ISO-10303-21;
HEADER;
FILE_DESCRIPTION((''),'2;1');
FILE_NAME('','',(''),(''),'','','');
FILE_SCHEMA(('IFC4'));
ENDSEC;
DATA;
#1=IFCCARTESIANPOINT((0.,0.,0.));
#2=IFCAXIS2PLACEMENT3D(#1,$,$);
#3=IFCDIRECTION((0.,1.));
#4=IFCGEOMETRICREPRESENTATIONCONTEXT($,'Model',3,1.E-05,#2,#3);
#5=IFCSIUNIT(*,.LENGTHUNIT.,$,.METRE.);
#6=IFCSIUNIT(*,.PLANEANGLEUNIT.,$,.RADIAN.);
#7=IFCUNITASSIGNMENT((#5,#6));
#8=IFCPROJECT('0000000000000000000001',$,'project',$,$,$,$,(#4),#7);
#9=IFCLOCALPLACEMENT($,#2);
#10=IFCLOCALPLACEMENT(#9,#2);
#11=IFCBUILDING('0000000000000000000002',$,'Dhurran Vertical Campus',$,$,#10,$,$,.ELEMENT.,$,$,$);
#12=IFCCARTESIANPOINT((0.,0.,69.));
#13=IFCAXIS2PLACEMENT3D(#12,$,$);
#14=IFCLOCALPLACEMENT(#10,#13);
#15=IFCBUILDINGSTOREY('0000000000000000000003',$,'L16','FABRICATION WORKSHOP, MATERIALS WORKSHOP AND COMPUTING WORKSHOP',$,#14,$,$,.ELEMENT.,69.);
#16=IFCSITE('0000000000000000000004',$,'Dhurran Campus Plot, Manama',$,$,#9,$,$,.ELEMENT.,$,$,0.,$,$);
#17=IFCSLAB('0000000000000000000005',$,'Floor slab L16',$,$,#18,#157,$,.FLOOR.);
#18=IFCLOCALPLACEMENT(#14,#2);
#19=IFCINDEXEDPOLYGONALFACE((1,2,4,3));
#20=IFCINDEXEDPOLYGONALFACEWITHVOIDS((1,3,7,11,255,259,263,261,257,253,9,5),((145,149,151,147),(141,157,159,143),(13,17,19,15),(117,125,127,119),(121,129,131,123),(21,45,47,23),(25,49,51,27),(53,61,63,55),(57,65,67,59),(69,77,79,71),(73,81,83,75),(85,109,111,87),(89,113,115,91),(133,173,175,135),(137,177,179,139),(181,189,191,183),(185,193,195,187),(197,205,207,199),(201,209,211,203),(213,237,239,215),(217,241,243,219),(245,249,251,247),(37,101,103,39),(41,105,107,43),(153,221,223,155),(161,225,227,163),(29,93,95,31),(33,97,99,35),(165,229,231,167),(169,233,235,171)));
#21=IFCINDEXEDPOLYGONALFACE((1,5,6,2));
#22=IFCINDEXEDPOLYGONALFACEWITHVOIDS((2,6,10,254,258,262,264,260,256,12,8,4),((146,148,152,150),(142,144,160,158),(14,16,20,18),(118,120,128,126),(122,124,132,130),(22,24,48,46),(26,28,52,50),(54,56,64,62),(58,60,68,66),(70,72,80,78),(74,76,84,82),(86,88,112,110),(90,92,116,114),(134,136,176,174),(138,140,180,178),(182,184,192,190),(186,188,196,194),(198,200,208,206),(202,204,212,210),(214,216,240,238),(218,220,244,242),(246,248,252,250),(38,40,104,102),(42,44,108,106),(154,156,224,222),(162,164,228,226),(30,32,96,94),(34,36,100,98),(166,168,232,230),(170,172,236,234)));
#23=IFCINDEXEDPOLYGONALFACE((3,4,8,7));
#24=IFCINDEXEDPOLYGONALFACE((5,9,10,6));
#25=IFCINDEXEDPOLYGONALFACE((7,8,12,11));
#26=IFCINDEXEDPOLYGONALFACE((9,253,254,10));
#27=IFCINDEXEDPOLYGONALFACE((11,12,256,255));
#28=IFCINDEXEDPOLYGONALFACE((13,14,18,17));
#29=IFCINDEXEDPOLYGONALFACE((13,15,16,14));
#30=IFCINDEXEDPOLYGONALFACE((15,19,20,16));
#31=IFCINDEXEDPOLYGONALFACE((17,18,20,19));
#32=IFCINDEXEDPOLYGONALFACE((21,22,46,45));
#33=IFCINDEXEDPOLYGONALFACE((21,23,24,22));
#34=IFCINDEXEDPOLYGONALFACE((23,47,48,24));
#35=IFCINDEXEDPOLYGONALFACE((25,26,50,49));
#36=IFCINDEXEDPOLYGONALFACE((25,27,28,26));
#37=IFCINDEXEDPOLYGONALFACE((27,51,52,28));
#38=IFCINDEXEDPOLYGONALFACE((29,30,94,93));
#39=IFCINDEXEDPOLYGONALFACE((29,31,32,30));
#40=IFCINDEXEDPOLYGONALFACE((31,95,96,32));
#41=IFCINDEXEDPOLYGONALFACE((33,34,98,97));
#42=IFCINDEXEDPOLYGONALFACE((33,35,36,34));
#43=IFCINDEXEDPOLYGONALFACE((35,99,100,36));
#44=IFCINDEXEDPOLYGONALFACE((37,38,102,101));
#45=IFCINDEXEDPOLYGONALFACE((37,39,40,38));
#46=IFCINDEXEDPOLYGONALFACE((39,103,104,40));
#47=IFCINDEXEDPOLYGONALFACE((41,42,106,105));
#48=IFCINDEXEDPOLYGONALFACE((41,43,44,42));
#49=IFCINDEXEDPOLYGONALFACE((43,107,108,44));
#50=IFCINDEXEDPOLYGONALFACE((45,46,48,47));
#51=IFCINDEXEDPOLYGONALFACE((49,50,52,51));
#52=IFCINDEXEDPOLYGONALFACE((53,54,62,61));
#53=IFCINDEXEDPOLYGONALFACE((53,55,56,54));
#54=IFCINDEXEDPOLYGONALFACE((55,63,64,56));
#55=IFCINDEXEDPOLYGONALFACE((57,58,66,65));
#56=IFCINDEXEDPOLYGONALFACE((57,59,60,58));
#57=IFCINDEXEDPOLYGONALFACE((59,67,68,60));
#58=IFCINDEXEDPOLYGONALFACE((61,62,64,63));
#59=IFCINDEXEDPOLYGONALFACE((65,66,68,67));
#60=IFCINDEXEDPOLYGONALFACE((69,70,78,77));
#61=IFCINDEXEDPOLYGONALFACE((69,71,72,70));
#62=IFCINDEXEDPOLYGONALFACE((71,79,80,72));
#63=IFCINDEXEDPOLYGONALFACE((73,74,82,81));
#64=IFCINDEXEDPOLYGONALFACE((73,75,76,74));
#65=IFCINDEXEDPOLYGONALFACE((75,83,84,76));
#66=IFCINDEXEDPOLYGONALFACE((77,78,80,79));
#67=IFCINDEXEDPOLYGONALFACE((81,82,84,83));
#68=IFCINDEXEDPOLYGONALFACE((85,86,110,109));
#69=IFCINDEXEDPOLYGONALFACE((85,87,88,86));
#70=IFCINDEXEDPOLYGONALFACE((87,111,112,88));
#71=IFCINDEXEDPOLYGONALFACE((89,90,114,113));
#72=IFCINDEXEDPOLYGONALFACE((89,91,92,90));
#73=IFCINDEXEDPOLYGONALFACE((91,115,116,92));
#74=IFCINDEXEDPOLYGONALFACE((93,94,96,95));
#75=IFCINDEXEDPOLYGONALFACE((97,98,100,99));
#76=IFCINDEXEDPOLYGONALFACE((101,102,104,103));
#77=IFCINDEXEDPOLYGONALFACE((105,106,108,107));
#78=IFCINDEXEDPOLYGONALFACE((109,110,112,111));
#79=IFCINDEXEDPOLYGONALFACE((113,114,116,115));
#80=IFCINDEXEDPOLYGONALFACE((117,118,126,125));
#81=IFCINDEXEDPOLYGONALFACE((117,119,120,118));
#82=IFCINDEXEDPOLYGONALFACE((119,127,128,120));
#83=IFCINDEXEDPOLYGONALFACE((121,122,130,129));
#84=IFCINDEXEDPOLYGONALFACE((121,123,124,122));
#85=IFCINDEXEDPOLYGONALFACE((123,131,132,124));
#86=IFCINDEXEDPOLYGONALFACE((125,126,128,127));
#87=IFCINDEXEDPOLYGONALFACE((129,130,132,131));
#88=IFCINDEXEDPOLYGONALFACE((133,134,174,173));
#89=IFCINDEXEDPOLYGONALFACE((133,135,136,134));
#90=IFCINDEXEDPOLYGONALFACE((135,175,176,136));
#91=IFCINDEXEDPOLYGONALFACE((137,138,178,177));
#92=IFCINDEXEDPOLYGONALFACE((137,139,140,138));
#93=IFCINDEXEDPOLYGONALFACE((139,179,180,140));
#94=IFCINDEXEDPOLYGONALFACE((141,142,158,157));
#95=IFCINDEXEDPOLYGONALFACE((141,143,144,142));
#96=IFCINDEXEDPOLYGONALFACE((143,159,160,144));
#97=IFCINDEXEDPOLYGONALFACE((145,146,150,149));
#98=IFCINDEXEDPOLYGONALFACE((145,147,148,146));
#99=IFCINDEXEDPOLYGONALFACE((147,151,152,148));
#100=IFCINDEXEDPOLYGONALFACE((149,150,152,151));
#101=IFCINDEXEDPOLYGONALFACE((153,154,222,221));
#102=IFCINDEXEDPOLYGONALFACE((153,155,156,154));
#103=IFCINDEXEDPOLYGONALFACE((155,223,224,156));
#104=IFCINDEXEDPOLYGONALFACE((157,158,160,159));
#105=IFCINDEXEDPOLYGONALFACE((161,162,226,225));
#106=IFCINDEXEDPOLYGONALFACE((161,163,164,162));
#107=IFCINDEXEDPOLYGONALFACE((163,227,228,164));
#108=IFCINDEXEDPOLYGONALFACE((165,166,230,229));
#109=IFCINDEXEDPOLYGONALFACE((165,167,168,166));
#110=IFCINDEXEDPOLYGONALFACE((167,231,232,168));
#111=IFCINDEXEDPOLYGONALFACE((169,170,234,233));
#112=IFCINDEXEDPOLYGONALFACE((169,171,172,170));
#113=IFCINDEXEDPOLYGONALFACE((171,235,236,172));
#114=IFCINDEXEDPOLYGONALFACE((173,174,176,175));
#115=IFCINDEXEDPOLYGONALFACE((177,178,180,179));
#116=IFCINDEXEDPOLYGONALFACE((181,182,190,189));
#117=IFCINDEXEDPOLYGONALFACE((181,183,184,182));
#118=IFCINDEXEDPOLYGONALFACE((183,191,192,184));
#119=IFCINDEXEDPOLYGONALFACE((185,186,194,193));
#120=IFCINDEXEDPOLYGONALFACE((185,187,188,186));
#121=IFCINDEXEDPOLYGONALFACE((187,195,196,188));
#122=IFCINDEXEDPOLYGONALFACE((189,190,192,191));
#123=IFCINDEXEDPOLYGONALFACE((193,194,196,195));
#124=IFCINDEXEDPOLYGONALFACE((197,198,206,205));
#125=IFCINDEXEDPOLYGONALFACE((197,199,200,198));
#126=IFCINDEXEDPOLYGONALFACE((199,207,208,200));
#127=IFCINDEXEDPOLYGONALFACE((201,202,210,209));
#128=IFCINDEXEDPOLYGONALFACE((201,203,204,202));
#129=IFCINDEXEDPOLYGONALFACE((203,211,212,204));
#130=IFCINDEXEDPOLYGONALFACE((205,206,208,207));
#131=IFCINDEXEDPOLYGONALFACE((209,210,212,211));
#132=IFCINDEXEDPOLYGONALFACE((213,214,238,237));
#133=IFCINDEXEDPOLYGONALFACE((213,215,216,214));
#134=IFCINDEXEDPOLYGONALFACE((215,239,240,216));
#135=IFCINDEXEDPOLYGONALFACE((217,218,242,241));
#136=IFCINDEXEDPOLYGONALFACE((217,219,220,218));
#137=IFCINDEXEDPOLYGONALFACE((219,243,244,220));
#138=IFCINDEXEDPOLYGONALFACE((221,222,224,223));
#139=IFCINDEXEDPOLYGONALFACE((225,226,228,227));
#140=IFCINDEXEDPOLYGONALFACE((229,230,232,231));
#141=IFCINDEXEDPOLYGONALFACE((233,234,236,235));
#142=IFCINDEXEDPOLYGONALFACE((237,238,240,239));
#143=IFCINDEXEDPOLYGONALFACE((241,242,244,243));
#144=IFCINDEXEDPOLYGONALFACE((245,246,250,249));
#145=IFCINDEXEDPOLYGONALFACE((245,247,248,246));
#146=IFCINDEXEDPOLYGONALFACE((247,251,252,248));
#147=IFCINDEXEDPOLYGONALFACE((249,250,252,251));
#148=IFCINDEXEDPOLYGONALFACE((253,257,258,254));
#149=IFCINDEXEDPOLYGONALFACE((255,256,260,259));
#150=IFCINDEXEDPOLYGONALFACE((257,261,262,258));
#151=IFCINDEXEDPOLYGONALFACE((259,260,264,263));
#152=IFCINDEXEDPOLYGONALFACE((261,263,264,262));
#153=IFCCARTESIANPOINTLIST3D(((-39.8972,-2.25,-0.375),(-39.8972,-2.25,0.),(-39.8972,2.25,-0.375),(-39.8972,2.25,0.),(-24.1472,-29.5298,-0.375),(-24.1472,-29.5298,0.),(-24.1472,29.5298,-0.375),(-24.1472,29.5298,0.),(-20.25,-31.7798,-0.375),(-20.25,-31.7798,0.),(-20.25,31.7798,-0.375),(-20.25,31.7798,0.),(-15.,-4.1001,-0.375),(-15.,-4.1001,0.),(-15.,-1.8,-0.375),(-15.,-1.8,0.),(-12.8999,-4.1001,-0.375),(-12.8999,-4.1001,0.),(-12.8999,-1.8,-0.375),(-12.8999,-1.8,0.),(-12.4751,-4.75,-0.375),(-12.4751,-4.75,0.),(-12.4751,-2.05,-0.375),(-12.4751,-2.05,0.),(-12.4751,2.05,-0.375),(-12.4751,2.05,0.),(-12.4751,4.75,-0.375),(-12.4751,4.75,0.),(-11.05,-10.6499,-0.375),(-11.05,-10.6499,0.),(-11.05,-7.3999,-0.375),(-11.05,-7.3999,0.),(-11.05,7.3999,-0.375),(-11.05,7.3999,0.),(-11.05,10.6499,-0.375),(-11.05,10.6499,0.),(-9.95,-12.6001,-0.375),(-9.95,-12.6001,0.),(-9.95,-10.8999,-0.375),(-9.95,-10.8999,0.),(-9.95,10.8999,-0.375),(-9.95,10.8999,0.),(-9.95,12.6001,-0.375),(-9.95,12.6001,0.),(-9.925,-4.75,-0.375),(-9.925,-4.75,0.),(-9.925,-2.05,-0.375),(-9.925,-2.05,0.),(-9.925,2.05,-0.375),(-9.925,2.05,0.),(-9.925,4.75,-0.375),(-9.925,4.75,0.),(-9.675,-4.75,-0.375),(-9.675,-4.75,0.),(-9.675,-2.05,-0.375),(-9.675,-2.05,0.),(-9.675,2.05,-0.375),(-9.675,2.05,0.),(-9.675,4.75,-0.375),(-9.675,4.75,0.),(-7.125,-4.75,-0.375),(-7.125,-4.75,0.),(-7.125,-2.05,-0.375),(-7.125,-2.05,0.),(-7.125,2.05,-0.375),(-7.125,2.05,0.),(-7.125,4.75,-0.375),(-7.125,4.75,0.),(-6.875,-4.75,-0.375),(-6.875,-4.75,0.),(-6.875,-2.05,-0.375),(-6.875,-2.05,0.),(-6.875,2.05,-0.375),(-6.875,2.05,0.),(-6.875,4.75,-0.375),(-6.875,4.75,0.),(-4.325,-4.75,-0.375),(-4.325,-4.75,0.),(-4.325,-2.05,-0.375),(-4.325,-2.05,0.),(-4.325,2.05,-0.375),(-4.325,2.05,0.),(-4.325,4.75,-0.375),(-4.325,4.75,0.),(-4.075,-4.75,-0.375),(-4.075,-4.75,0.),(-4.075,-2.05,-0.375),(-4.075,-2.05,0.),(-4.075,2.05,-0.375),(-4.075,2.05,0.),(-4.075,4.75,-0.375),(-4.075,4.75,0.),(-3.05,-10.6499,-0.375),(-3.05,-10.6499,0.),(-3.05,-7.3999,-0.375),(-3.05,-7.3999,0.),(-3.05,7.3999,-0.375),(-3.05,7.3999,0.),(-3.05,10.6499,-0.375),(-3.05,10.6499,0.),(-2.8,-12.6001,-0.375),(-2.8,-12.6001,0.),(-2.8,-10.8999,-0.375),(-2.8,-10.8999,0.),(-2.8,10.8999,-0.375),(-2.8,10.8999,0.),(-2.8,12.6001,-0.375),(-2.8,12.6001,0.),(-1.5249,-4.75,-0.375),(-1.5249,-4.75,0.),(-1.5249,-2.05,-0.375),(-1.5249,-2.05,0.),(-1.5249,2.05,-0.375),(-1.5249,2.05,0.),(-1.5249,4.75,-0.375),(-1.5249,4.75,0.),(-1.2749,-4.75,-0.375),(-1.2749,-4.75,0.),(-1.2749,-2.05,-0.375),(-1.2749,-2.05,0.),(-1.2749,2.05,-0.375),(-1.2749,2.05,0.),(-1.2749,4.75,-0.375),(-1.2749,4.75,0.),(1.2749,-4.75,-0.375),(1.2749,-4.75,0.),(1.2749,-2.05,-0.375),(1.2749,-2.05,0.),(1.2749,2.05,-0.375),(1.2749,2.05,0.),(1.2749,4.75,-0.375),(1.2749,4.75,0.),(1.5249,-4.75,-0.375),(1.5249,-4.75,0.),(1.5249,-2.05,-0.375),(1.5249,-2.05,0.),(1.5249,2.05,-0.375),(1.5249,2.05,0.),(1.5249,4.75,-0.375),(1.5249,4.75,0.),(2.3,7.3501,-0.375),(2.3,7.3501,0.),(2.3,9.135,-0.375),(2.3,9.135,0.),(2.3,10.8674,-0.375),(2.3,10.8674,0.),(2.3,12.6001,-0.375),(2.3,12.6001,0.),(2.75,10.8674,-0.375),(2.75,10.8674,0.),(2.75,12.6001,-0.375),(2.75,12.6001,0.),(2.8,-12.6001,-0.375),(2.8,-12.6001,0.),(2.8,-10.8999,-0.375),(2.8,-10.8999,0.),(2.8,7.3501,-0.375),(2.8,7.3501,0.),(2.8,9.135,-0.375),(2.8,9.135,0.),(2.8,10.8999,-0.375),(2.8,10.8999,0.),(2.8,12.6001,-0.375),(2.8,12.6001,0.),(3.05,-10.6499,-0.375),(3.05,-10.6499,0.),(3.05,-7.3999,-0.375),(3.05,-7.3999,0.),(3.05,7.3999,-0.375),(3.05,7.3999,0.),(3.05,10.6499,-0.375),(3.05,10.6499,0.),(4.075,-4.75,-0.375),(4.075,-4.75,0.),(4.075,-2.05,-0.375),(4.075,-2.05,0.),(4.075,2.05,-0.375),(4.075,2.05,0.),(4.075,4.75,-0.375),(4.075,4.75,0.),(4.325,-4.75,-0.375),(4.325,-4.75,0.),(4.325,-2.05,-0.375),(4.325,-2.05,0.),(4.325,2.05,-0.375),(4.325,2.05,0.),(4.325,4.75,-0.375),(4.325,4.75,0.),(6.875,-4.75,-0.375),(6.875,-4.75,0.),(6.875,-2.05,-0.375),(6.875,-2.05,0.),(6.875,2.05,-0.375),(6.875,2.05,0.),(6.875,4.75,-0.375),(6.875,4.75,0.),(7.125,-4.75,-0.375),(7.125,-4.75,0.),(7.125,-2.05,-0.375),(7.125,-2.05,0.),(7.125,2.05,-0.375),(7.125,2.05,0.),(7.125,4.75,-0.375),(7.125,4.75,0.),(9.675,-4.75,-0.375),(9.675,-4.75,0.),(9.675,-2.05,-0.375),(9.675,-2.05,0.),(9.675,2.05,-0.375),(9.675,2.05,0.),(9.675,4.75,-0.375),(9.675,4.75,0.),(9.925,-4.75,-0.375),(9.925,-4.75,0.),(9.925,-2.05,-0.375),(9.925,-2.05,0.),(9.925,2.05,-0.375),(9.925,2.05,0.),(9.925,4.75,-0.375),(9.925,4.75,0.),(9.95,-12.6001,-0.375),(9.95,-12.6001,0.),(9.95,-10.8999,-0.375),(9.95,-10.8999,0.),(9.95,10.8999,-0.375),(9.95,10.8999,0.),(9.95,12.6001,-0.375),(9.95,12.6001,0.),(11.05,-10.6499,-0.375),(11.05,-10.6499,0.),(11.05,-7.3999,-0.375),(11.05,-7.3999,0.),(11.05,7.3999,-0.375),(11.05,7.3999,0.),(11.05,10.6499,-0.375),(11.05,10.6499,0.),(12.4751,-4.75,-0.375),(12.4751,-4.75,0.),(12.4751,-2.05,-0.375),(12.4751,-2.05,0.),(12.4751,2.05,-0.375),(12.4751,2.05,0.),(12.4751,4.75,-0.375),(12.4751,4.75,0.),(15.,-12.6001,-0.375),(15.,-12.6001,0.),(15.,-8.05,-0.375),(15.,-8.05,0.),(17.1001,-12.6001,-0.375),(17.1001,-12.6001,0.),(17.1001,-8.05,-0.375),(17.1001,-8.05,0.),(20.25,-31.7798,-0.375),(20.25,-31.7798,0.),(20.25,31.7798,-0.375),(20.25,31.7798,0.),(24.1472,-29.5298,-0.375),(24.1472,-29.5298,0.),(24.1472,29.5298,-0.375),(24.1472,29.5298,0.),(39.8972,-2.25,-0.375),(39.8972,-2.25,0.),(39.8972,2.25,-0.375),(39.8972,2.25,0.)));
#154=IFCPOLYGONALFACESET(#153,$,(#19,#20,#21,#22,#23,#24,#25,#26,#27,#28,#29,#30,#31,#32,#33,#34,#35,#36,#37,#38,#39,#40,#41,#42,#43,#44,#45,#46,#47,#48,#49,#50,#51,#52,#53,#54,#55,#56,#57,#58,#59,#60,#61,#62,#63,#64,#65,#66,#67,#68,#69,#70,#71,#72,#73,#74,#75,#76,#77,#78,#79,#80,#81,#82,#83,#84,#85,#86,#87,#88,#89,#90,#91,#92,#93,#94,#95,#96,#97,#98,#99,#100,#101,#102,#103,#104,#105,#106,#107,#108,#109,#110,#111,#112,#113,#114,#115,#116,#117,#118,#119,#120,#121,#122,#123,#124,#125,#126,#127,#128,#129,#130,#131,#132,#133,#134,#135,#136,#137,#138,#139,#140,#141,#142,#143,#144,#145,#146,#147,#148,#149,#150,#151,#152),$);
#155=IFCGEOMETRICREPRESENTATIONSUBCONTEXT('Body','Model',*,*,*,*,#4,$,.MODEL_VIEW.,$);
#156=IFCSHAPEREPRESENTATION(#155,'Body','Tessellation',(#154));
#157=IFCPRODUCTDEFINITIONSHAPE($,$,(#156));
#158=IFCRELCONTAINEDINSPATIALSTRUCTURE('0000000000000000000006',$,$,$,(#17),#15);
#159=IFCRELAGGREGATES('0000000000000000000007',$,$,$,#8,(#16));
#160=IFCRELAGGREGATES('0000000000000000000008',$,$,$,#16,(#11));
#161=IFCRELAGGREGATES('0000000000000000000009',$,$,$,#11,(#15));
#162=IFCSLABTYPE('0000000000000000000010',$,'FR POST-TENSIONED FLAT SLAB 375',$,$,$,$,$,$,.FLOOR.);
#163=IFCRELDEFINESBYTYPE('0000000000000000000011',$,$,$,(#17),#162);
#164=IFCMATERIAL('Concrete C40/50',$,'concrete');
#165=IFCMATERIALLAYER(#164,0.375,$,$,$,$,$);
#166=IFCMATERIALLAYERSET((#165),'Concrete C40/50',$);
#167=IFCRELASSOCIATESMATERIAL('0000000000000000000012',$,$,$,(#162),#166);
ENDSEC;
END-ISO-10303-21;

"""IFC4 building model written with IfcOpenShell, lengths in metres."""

from ifc_helpers import new_model, si_unit, direction, frame, origin, place, context, subcontext, project, spatial, polyline, outline, extrude, material, layer, layer_set, type_object, element, save


model = new_model("IFC4")

# Units and contexts
model_context = context("Model", 3, precision=1e-05, world=origin(), true_north=direction((0.0, 1.0)))
body_context = subcontext(model_context, "Body", "Model", "MODEL_VIEW")
ifc_project = project(units=[si_unit("LENGTHUNIT", "METRE"), si_unit("PLANEANGLEUNIT", "RADIAN")], contexts=[model_context])

# Site, building, storey
site_placement = place(None, origin())
site = spatial("IfcSite", under=ifc_project, at=site_placement, Name="Dhurran Campus Plot, Manama", CompositionType="ELEMENT", RefElevation=0.0)
building_placement = place(site_placement, origin())
building = spatial("IfcBuilding", under=site, at=building_placement, Name="Dhurran Vertical Campus", CompositionType="ELEMENT")
storey_placement = place(building_placement, frame((0.0, 0.0, 69.0)))
storey = spatial("IfcBuildingStorey", under=building, at=storey_placement, Name="L16", Description="FABRICATION WORKSHOP, MATERIALS WORKSHOP AND COMPUTING WORKSHOP", CompositionType="ELEMENT", Elevation=69.0)

# Slab
ifc_material_1 = material(Name="Concrete C40/50", Category="concrete")
ifc_layer_1 = layer(ifc_material_1, 0.375)
ifc_layer_set_1 = layer_set([ifc_layer_1], Name="Concrete C40/50")
slab_type = type_object("IfcSlabType", Name="FR POST-TENSIONED FLAT SLAB 375", PredefinedType="FLOOR", material=ifc_layer_set_1)
slab_placement = place(storey_placement, frame((0.0, 0.0, -0.375)))
element("IfcSlab", 1, at=slab_placement, inside=storey, type_object=slab_type, Name="Floor slab L16", PredefinedType="FLOOR", context=body_context, shape_type="SweptSolid", body=[
    extrude(outline(polyline([(-20.25, -31.7798), (20.25, -31.7798), (24.1472, -29.5298), (39.8972, -2.25), (39.8972, 2.25), (24.1472, 29.5298), (20.25, 31.7798), (-20.25, 31.7798), (-24.1472, 29.5298), (-39.8972, 2.25), (-39.8972, -2.25), (-24.1472, -29.5298), (-20.25, -31.7798)]), holes=[polyline([(-12.4751, 2.05), (-9.925, 2.05), (-9.925, 4.75), (-12.4751, 4.75), (-12.4751, 2.05)]), polyline([(-9.675, 2.05), (-7.125, 2.05), (-7.125, 4.75), (-9.675, 4.75), (-9.675, 2.05)]), polyline([(-6.875, 2.05), (-4.325, 2.05), (-4.325, 4.75), (-6.875, 4.75), (-6.875, 2.05)]), polyline([(-1.2749, 2.05), (1.2749, 2.05), (1.2749, 4.75), (-1.2749, 4.75), (-1.2749, 2.05)]), polyline([(9.925, 2.05), (12.4751, 2.05), (12.4751, 4.75), (9.925, 4.75), (9.925, 2.05)]), polyline([(-1.2749, -4.75), (1.2749, -4.75), (1.2749, -2.05), (-1.2749, -2.05), (-1.2749, -4.75)]), polyline([(1.5249, -4.75), (4.075, -4.75), (4.075, -2.05), (1.5249, -2.05), (1.5249, -4.75)]), polyline([(4.325, -4.75), (6.875, -4.75), (6.875, -2.05), (4.325, -2.05), (4.325, -4.75)]), polyline([(7.125, -4.75), (9.675, -4.75), (9.675, -2.05), (7.125, -2.05), (7.125, -4.75)]), polyline([(9.925, -4.75), (12.4751, -4.75), (12.4751, -2.05), (9.925, -2.05), (9.925, -4.75)]), polyline([(-4.075, 2.05), (-1.5249, 2.05), (-1.5249, 4.75), (-4.075, 4.75), (-4.075, 2.05)]), polyline([(1.5249, 2.05), (4.075, 2.05), (4.075, 4.75), (1.5249, 4.75), (1.5249, 2.05)]), polyline([(4.325, 2.05), (6.875, 2.05), (6.875, 4.75), (4.325, 4.75), (4.325, 2.05)]), polyline([(7.125, 2.05), (9.675, 2.05), (9.675, 4.75), (7.125, 4.75), (7.125, 2.05)]), polyline([(-12.4751, -4.75), (-9.925, -4.75), (-9.925, -2.05), (-12.4751, -2.05), (-12.4751, -4.75)]), polyline([(-9.675, -4.75), (-7.125, -4.75), (-7.125, -2.05), (-9.675, -2.05), (-9.675, -4.75)]), polyline([(-6.875, -4.75), (-4.325, -4.75), (-4.325, -2.05), (-6.875, -2.05), (-6.875, -4.75)]), polyline([(-4.075, -4.75), (-1.5249, -4.75), (-1.5249, -2.05), (-4.075, -2.05), (-4.075, -4.75)]), polyline([(-11.05, 7.3999), (-3.05, 7.3999), (-3.05, 10.6499), (-11.05, 10.6499), (-11.05, 7.3999)]), polyline([(3.05, 7.3999), (11.05, 7.3999), (11.05, 10.6499), (3.05, 10.6499), (3.05, 7.3999)]), polyline([(-11.05, -10.6499), (-3.05, -10.6499), (-3.05, -7.3999), (-11.05, -7.3999), (-11.05, -10.6499)]), polyline([(3.05, -10.6499), (11.05, -10.6499), (11.05, -7.3999), (3.05, -7.3999), (3.05, -10.6499)]), polyline([(-9.95, 10.8999), (-9.95, 12.6001), (-2.8, 12.6001), (-2.8, 10.8999), (-9.95, 10.8999)]), polyline([(9.95, 12.6001), (9.95, 10.8999), (2.8, 10.8999), (2.8, 12.6001), (9.95, 12.6001)]), polyline([(-9.95, -12.6001), (-9.95, -10.8999), (-2.8, -10.8999), (-2.8, -12.6001), (-9.95, -12.6001)]), polyline([(9.95, -10.8999), (9.95, -12.6001), (2.8, -12.6001), (2.8, -10.8999), (9.95, -10.8999)]), polyline([(-12.8999, -4.1001), (-15.0, -4.1001), (-15.0, -1.8), (-12.8999, -1.8), (-12.8999, -4.1001)]), polyline([(2.3, 10.8674), (2.3, 12.6001), (2.75, 12.6001), (2.75, 10.8674), (2.3, 10.8674)]), polyline([(15.0, -8.05), (17.1001, -8.05), (17.1001, -12.6001), (15.0, -12.6001), (15.0, -8.05)]), polyline([(2.3, 7.3501), (2.3, 9.135), (2.8, 9.135), (2.8, 7.3501), (2.3, 7.3501)])]), origin(), (0.0, 0.0, 1.0), 0.375),
])

save(model, "model.ifc")
